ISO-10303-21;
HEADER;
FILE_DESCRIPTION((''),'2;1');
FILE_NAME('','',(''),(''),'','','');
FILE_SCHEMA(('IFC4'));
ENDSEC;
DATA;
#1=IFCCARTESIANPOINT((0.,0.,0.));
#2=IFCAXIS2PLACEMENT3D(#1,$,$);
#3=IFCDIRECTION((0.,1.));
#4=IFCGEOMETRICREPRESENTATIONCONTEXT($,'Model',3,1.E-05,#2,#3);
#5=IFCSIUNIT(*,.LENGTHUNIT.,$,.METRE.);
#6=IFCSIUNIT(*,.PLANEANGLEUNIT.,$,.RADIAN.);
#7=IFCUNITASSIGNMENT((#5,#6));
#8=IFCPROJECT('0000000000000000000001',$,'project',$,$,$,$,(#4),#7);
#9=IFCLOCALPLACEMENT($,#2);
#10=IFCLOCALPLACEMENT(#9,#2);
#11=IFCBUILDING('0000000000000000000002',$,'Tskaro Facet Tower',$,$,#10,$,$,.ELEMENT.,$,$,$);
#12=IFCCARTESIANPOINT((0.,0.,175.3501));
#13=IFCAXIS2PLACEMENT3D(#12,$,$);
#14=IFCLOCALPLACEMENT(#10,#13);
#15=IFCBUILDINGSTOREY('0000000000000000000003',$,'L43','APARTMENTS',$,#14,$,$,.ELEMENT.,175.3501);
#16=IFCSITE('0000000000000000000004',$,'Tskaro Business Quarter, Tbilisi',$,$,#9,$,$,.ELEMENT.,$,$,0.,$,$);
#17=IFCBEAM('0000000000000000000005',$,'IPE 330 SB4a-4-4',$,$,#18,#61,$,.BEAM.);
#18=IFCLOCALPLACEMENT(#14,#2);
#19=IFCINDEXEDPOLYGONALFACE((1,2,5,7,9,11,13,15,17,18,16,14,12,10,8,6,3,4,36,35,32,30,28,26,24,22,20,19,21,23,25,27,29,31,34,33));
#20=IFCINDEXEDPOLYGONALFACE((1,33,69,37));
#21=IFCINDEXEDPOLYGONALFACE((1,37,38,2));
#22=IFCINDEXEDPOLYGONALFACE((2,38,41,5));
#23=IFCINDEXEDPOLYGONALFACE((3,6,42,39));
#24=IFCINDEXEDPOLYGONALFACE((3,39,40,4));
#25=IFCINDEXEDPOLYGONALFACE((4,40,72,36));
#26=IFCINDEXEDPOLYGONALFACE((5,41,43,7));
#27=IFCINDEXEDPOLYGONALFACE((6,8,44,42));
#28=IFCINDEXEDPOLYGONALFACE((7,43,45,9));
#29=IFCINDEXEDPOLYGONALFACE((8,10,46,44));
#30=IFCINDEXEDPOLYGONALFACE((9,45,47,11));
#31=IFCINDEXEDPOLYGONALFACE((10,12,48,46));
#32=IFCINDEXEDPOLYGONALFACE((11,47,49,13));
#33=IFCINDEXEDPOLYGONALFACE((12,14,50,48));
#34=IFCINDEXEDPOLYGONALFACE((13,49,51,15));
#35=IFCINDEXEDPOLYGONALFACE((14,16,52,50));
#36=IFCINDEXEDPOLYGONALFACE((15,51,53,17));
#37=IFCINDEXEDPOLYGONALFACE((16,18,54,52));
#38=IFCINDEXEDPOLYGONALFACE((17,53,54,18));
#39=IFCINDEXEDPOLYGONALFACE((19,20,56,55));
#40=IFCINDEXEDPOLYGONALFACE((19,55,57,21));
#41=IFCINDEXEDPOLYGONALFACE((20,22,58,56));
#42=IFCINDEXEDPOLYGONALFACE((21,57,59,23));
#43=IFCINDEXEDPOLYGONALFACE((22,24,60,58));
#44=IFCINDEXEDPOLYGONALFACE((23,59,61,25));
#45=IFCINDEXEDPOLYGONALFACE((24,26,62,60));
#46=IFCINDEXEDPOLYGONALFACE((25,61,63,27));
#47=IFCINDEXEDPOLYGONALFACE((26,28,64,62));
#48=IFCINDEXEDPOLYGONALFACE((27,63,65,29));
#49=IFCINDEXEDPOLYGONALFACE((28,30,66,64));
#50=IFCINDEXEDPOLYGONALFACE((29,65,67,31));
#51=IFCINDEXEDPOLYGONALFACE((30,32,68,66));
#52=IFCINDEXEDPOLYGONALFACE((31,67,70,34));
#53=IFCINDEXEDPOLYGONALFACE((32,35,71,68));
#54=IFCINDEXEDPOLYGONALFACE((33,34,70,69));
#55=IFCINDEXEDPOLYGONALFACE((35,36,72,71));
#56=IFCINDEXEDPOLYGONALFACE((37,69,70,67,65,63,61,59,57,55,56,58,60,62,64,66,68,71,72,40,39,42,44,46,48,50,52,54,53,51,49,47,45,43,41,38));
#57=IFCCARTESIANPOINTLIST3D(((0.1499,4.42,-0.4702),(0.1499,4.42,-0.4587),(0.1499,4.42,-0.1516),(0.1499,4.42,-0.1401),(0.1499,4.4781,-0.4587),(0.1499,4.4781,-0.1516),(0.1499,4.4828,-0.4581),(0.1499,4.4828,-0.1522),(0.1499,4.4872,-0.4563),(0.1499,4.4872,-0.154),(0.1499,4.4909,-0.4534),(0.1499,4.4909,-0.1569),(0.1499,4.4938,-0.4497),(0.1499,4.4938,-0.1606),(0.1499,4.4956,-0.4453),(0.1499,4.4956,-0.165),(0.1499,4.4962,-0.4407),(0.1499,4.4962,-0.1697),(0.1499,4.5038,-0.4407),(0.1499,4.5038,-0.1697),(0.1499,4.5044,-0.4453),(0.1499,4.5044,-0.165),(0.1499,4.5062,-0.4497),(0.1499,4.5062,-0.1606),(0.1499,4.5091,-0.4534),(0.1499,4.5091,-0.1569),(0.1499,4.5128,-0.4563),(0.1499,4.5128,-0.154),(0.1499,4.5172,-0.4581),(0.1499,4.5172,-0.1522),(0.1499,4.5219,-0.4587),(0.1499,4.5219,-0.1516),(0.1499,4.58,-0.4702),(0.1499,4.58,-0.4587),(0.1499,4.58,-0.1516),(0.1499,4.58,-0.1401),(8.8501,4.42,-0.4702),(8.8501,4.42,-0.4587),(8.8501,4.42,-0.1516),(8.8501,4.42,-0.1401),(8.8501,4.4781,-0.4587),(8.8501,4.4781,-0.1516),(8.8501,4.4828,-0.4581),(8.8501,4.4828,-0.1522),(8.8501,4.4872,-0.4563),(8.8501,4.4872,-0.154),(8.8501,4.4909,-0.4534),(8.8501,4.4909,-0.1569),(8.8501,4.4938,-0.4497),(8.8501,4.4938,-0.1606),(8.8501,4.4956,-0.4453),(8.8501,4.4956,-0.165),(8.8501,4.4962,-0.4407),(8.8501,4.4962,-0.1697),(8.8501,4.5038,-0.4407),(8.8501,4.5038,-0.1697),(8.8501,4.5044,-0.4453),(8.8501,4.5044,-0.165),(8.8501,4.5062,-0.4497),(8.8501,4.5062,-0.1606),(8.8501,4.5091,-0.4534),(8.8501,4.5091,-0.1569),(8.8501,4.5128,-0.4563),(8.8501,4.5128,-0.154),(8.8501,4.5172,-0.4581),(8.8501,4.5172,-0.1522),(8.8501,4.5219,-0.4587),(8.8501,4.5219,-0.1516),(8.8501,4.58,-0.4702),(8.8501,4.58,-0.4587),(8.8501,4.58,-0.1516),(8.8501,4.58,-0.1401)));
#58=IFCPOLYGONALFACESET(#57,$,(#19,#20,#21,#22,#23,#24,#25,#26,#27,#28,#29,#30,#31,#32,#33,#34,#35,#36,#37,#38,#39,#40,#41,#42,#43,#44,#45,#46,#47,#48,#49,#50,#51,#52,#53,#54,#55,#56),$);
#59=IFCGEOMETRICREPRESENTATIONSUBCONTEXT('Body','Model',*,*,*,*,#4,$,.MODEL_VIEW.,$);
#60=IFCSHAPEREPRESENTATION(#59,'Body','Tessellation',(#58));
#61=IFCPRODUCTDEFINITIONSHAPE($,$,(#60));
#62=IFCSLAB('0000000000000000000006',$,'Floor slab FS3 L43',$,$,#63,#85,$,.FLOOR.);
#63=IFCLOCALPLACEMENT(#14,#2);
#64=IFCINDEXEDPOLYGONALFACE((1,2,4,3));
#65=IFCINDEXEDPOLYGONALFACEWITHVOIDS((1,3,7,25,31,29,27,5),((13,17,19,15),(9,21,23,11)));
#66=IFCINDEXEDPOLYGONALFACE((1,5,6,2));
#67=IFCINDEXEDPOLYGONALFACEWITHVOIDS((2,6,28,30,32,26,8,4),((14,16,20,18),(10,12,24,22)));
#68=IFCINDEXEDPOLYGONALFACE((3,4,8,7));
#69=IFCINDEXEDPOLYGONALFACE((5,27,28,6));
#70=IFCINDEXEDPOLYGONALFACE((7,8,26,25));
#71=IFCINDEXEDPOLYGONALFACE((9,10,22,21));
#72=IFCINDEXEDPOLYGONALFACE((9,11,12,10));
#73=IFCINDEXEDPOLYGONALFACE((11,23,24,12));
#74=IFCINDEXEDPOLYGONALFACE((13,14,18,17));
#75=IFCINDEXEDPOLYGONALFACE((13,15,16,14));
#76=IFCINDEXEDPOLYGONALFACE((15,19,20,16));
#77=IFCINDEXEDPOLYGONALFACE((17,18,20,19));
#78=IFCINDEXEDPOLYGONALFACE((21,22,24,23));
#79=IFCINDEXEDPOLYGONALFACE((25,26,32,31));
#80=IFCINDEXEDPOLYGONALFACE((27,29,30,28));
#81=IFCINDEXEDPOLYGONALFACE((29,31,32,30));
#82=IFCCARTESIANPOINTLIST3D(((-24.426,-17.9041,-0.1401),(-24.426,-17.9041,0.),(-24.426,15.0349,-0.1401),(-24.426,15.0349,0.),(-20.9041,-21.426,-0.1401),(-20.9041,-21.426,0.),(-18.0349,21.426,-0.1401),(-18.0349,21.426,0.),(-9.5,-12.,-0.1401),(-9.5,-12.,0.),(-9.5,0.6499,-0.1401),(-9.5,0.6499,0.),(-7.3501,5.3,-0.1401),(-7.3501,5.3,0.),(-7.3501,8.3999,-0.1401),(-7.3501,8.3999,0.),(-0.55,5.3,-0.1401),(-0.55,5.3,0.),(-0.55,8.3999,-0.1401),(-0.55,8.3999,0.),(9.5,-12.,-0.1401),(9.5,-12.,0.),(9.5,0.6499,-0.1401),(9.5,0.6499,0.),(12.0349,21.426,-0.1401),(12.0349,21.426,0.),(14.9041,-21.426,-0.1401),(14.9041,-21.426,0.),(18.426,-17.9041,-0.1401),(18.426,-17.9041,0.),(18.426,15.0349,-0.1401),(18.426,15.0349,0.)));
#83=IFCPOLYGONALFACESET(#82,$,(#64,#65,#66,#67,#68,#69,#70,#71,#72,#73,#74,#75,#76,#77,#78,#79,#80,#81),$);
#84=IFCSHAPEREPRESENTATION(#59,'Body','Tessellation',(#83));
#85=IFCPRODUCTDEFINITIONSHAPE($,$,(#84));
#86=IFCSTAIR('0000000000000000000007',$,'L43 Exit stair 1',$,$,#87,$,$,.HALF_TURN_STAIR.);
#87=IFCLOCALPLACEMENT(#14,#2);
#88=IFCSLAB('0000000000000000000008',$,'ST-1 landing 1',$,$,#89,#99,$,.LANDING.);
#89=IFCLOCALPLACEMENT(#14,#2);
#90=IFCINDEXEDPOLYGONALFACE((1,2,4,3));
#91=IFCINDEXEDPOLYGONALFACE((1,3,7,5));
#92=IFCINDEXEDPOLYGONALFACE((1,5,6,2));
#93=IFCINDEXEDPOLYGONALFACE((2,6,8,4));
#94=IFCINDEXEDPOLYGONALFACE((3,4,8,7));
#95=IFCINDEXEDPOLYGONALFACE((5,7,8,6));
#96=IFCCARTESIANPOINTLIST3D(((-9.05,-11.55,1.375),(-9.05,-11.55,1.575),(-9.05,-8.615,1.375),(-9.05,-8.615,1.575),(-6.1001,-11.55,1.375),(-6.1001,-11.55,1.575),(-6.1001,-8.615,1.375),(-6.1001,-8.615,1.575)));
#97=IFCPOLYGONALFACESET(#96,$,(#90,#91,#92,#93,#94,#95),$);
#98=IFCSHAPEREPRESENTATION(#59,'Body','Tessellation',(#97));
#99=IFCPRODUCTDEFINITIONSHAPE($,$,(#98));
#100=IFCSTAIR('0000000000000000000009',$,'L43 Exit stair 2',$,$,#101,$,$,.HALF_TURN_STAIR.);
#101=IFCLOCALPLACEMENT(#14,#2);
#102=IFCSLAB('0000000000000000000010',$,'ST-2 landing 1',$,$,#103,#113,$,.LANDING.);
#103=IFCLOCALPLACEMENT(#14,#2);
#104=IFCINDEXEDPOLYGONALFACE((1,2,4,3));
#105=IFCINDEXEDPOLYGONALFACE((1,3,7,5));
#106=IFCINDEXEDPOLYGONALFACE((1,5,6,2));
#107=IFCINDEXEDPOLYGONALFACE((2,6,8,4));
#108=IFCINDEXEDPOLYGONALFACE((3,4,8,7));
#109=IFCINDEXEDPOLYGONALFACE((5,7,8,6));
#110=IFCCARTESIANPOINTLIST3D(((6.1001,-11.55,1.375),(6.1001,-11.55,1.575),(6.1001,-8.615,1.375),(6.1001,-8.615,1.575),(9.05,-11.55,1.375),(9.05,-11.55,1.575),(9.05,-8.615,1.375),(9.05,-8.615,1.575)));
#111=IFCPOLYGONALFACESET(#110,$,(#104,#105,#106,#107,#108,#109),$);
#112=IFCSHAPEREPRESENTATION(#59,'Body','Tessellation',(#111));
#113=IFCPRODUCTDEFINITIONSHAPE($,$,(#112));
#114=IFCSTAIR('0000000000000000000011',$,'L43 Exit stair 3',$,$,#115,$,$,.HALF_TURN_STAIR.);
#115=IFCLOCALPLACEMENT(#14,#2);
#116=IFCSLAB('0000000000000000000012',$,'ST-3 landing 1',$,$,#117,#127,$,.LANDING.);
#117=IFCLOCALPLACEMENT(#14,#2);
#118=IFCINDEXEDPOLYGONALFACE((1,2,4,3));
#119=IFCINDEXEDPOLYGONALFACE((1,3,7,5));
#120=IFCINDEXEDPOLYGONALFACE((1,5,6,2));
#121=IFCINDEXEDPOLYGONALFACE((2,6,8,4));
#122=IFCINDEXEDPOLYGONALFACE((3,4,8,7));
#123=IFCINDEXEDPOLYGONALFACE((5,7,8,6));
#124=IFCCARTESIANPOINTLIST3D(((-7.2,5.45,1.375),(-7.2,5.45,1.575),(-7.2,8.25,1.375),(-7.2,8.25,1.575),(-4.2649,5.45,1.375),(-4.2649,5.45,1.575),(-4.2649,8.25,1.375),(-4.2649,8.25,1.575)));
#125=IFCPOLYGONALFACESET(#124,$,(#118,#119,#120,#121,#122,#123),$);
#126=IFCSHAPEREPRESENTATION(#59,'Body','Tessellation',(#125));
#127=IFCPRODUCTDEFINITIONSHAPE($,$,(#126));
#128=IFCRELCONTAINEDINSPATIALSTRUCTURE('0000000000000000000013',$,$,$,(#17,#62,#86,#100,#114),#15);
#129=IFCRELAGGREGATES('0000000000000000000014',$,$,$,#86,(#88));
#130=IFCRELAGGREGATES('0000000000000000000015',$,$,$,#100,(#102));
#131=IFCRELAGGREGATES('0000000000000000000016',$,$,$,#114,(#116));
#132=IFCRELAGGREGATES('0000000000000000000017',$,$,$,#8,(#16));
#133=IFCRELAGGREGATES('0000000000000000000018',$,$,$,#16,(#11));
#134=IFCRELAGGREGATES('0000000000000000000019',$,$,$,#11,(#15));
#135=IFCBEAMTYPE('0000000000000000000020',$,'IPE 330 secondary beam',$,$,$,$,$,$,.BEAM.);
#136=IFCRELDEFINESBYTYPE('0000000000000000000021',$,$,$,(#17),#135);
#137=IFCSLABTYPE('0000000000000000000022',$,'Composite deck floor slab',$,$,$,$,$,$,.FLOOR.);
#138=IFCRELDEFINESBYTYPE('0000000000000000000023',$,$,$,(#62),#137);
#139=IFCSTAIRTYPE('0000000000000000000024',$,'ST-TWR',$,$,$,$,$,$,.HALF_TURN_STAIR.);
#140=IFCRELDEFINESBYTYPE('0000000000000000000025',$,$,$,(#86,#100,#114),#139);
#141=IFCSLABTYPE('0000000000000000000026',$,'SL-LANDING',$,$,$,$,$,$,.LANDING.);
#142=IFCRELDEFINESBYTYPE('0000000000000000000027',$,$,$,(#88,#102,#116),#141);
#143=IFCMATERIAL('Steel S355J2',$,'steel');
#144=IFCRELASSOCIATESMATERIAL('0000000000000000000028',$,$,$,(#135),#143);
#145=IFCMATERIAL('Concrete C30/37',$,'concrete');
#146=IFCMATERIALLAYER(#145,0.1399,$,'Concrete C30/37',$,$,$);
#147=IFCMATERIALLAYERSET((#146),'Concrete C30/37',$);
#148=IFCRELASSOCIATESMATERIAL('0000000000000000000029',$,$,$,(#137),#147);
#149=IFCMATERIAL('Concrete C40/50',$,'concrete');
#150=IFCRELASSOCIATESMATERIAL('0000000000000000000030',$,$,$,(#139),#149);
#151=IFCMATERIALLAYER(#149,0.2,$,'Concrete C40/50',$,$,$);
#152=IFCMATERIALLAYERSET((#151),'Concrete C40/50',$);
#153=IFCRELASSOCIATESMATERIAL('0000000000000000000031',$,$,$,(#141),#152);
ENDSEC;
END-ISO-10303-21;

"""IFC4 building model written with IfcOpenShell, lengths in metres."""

from ifc_helpers import new_model, si_unit, direction, frame, origin, origin_2d, place, context, subcontext, project, spatial, polyline, i_section, outline, extrude, material, layer, layer_set, material_profile, profile_set, type_object, element, aggregate, save


model = new_model("IFC4")

# Units and contexts
model_context = context("Model", 3, precision=1e-05, world=origin(), true_north=direction((0.0, 1.0)))
body_context = subcontext(model_context, "Body", "Model", "MODEL_VIEW")
ifc_project = project(units=[si_unit("LENGTHUNIT", "METRE"), si_unit("PLANEANGLEUNIT", "RADIAN")], contexts=[model_context])

# Site, building, storey
site_placement = place(None, origin())
site = spatial("IfcSite", under=ifc_project, at=site_placement, Name="Tskaro Business Quarter, Tbilisi", CompositionType="ELEMENT", RefElevation=0.0)
building_placement = place(site_placement, origin())
building = spatial("IfcBuilding", under=site, at=building_placement, Name="Tskaro Facet Tower", CompositionType="ELEMENT")
storey_placement = place(building_placement, frame((0.0, 0.0, 175.3501)))
storey = spatial("IfcBuildingStorey", under=building, at=storey_placement, Name="L43", Description="APARTMENTS", CompositionType="ELEMENT", Elevation=175.3501)

# Beam
ifc_material_1 = material(Name="Steel S355J2", Category="steel")
ifc_material_profile_1 = material_profile(ifc_material_1, i_section(OverallWidth=0.1599, OverallDepth=0.3301, WebThickness=0.0076, FlangeThickness=0.0115, FilletRadius=0.0181, at=origin_2d()), Name="IPE 330")
ifc_profile_set_1 = profile_set([ifc_material_profile_1], Name="Steel S355J2")
beam_type_1 = type_object("IfcBeamType", Name="IPE 330 secondary beam", PredefinedType="BEAM", material=ifc_profile_set_1)
beam_1_placement = place(storey_placement, frame((0.1499, 4.5, -0.3052), z_axis=(1.0, 0.0, 0.0), x_axis=(0.0, 1.0, 0.0)))
element("IfcBeam", 1, at=beam_1_placement, inside=storey, type_object=beam_type_1, Name="IPE 330 SB4a-4-4", PredefinedType="BEAM", context=body_context, shape_type="SweptSolid", body=[
    extrude(i_section(OverallWidth=0.1599, OverallDepth=0.3301, WebThickness=0.0076, FlangeThickness=0.0115, FilletRadius=0.0181, at=origin_2d()), origin(), (0.0, 0.0, 1.0), 8.7002),
])

# Slab
ifc_material_2 = material(Name="Concrete C30/37", Category="concrete")
ifc_layer_1 = layer(ifc_material_2, 0.1399, Name="Concrete C30/37")
ifc_layer_set_1 = layer_set([ifc_layer_1], Name="Concrete C30/37")
slab_type_1 = type_object("IfcSlabType", Name="Composite deck floor slab", PredefinedType="FLOOR", material=ifc_layer_set_1)
slab_1_placement = place(storey_placement, frame((0.0, 0.0, -0.1401)))
element("IfcSlab", 2, at=slab_1_placement, inside=storey, type_object=slab_type_1, Name="Floor slab FS3 L43", PredefinedType="FLOOR", context=body_context, shape_type="SweptSolid", body=[
    extrude(outline(polyline([(-20.9041, -21.426), (14.9041, -21.426), (18.426, -17.9041), (18.426, 15.0349), (12.0349, 21.426), (-18.0349, 21.426), (-24.426, 15.0349), (-24.426, -17.9041), (-20.9041, -21.426)]), holes=[polyline([(-9.5, -12.0), (9.5, -12.0), (9.5, 0.6499), (-9.5, 0.6499), (-9.5, -12.0)]), polyline([(-7.3501, 5.3), (-0.55, 5.3), (-0.55, 8.3999), (-7.3501, 8.3999), (-7.3501, 5.3)])]), origin(), (0.0, 0.0, 1.0), 0.1401),
])

# Stairs, slabs
ifc_material_3 = material(Name="Concrete C40/50", Category="concrete")
stair_type = type_object("IfcStairType", Name="ST-TWR", PredefinedType="HALF_TURN_STAIR", material=ifc_material_3)
stair_1_placement = place(storey_placement, origin())
stair_1 = element("IfcStair", 3, at=stair_1_placement, inside=storey, type_object=stair_type, Name="L43 Exit stair 1", PredefinedType="HALF_TURN_STAIR")
ifc_layer_2 = layer(ifc_material_3, 0.2, Name="Concrete C40/50")
ifc_layer_set_2 = layer_set([ifc_layer_2], Name="Concrete C40/50")
slab_type_2 = type_object("IfcSlabType", Name="SL-LANDING", PredefinedType="LANDING", material=ifc_layer_set_2)
slab_2_placement = place(storey_placement, frame((0.0, 0.0, 1.375)))
slab_2 = element("IfcSlab", 4, at=slab_2_placement, type_object=slab_type_2, Name="ST-1 landing 1", PredefinedType="LANDING", context=body_context, shape_type="SweptSolid", body=[
    extrude(outline(polyline([(-9.05, -11.55), (-6.1001, -11.55), (-6.1001, -8.615), (-9.05, -8.615), (-9.05, -11.55)])), origin(), (0.0, 0.0, 1.0), 0.2),
])
aggregate(stair_1, [slab_2])
stair_2_placement = place(storey_placement, origin())
stair_2 = element("IfcStair", 5, at=stair_2_placement, inside=storey, type_object=stair_type, Name="L43 Exit stair 2", PredefinedType="HALF_TURN_STAIR")
slab_3_placement = place(storey_placement, frame((0.0, 0.0, 1.375)))
slab_3 = element("IfcSlab", 6, at=slab_3_placement, type_object=slab_type_2, Name="ST-2 landing 1", PredefinedType="LANDING", context=body_context, shape_type="SweptSolid", body=[
    extrude(outline(polyline([(6.1001, -11.55), (9.05, -11.55), (9.05, -8.615), (6.1001, -8.615), (6.1001, -11.55)])), origin(), (0.0, 0.0, 1.0), 0.2),
])
aggregate(stair_2, [slab_3])
stair_3_placement = place(storey_placement, origin())
stair_3 = element("IfcStair", 7, at=stair_3_placement, inside=storey, type_object=stair_type, Name="L43 Exit stair 3", PredefinedType="HALF_TURN_STAIR")
slab_4_placement = place(storey_placement, frame((0.0, 0.0, 1.375)))
slab_4 = element("IfcSlab", 8, at=slab_4_placement, type_object=slab_type_2, Name="ST-3 landing 1", PredefinedType="LANDING", context=body_context, shape_type="SweptSolid", body=[
    extrude(outline(polyline([(-7.2, 5.45), (-4.2649, 5.45), (-4.2649, 8.25), (-7.2, 8.25), (-7.2, 5.45)])), origin(), (0.0, 0.0, 1.0), 0.2),
])

aggregate(stair_3, [slab_4])

save(model, "model.ifc")
